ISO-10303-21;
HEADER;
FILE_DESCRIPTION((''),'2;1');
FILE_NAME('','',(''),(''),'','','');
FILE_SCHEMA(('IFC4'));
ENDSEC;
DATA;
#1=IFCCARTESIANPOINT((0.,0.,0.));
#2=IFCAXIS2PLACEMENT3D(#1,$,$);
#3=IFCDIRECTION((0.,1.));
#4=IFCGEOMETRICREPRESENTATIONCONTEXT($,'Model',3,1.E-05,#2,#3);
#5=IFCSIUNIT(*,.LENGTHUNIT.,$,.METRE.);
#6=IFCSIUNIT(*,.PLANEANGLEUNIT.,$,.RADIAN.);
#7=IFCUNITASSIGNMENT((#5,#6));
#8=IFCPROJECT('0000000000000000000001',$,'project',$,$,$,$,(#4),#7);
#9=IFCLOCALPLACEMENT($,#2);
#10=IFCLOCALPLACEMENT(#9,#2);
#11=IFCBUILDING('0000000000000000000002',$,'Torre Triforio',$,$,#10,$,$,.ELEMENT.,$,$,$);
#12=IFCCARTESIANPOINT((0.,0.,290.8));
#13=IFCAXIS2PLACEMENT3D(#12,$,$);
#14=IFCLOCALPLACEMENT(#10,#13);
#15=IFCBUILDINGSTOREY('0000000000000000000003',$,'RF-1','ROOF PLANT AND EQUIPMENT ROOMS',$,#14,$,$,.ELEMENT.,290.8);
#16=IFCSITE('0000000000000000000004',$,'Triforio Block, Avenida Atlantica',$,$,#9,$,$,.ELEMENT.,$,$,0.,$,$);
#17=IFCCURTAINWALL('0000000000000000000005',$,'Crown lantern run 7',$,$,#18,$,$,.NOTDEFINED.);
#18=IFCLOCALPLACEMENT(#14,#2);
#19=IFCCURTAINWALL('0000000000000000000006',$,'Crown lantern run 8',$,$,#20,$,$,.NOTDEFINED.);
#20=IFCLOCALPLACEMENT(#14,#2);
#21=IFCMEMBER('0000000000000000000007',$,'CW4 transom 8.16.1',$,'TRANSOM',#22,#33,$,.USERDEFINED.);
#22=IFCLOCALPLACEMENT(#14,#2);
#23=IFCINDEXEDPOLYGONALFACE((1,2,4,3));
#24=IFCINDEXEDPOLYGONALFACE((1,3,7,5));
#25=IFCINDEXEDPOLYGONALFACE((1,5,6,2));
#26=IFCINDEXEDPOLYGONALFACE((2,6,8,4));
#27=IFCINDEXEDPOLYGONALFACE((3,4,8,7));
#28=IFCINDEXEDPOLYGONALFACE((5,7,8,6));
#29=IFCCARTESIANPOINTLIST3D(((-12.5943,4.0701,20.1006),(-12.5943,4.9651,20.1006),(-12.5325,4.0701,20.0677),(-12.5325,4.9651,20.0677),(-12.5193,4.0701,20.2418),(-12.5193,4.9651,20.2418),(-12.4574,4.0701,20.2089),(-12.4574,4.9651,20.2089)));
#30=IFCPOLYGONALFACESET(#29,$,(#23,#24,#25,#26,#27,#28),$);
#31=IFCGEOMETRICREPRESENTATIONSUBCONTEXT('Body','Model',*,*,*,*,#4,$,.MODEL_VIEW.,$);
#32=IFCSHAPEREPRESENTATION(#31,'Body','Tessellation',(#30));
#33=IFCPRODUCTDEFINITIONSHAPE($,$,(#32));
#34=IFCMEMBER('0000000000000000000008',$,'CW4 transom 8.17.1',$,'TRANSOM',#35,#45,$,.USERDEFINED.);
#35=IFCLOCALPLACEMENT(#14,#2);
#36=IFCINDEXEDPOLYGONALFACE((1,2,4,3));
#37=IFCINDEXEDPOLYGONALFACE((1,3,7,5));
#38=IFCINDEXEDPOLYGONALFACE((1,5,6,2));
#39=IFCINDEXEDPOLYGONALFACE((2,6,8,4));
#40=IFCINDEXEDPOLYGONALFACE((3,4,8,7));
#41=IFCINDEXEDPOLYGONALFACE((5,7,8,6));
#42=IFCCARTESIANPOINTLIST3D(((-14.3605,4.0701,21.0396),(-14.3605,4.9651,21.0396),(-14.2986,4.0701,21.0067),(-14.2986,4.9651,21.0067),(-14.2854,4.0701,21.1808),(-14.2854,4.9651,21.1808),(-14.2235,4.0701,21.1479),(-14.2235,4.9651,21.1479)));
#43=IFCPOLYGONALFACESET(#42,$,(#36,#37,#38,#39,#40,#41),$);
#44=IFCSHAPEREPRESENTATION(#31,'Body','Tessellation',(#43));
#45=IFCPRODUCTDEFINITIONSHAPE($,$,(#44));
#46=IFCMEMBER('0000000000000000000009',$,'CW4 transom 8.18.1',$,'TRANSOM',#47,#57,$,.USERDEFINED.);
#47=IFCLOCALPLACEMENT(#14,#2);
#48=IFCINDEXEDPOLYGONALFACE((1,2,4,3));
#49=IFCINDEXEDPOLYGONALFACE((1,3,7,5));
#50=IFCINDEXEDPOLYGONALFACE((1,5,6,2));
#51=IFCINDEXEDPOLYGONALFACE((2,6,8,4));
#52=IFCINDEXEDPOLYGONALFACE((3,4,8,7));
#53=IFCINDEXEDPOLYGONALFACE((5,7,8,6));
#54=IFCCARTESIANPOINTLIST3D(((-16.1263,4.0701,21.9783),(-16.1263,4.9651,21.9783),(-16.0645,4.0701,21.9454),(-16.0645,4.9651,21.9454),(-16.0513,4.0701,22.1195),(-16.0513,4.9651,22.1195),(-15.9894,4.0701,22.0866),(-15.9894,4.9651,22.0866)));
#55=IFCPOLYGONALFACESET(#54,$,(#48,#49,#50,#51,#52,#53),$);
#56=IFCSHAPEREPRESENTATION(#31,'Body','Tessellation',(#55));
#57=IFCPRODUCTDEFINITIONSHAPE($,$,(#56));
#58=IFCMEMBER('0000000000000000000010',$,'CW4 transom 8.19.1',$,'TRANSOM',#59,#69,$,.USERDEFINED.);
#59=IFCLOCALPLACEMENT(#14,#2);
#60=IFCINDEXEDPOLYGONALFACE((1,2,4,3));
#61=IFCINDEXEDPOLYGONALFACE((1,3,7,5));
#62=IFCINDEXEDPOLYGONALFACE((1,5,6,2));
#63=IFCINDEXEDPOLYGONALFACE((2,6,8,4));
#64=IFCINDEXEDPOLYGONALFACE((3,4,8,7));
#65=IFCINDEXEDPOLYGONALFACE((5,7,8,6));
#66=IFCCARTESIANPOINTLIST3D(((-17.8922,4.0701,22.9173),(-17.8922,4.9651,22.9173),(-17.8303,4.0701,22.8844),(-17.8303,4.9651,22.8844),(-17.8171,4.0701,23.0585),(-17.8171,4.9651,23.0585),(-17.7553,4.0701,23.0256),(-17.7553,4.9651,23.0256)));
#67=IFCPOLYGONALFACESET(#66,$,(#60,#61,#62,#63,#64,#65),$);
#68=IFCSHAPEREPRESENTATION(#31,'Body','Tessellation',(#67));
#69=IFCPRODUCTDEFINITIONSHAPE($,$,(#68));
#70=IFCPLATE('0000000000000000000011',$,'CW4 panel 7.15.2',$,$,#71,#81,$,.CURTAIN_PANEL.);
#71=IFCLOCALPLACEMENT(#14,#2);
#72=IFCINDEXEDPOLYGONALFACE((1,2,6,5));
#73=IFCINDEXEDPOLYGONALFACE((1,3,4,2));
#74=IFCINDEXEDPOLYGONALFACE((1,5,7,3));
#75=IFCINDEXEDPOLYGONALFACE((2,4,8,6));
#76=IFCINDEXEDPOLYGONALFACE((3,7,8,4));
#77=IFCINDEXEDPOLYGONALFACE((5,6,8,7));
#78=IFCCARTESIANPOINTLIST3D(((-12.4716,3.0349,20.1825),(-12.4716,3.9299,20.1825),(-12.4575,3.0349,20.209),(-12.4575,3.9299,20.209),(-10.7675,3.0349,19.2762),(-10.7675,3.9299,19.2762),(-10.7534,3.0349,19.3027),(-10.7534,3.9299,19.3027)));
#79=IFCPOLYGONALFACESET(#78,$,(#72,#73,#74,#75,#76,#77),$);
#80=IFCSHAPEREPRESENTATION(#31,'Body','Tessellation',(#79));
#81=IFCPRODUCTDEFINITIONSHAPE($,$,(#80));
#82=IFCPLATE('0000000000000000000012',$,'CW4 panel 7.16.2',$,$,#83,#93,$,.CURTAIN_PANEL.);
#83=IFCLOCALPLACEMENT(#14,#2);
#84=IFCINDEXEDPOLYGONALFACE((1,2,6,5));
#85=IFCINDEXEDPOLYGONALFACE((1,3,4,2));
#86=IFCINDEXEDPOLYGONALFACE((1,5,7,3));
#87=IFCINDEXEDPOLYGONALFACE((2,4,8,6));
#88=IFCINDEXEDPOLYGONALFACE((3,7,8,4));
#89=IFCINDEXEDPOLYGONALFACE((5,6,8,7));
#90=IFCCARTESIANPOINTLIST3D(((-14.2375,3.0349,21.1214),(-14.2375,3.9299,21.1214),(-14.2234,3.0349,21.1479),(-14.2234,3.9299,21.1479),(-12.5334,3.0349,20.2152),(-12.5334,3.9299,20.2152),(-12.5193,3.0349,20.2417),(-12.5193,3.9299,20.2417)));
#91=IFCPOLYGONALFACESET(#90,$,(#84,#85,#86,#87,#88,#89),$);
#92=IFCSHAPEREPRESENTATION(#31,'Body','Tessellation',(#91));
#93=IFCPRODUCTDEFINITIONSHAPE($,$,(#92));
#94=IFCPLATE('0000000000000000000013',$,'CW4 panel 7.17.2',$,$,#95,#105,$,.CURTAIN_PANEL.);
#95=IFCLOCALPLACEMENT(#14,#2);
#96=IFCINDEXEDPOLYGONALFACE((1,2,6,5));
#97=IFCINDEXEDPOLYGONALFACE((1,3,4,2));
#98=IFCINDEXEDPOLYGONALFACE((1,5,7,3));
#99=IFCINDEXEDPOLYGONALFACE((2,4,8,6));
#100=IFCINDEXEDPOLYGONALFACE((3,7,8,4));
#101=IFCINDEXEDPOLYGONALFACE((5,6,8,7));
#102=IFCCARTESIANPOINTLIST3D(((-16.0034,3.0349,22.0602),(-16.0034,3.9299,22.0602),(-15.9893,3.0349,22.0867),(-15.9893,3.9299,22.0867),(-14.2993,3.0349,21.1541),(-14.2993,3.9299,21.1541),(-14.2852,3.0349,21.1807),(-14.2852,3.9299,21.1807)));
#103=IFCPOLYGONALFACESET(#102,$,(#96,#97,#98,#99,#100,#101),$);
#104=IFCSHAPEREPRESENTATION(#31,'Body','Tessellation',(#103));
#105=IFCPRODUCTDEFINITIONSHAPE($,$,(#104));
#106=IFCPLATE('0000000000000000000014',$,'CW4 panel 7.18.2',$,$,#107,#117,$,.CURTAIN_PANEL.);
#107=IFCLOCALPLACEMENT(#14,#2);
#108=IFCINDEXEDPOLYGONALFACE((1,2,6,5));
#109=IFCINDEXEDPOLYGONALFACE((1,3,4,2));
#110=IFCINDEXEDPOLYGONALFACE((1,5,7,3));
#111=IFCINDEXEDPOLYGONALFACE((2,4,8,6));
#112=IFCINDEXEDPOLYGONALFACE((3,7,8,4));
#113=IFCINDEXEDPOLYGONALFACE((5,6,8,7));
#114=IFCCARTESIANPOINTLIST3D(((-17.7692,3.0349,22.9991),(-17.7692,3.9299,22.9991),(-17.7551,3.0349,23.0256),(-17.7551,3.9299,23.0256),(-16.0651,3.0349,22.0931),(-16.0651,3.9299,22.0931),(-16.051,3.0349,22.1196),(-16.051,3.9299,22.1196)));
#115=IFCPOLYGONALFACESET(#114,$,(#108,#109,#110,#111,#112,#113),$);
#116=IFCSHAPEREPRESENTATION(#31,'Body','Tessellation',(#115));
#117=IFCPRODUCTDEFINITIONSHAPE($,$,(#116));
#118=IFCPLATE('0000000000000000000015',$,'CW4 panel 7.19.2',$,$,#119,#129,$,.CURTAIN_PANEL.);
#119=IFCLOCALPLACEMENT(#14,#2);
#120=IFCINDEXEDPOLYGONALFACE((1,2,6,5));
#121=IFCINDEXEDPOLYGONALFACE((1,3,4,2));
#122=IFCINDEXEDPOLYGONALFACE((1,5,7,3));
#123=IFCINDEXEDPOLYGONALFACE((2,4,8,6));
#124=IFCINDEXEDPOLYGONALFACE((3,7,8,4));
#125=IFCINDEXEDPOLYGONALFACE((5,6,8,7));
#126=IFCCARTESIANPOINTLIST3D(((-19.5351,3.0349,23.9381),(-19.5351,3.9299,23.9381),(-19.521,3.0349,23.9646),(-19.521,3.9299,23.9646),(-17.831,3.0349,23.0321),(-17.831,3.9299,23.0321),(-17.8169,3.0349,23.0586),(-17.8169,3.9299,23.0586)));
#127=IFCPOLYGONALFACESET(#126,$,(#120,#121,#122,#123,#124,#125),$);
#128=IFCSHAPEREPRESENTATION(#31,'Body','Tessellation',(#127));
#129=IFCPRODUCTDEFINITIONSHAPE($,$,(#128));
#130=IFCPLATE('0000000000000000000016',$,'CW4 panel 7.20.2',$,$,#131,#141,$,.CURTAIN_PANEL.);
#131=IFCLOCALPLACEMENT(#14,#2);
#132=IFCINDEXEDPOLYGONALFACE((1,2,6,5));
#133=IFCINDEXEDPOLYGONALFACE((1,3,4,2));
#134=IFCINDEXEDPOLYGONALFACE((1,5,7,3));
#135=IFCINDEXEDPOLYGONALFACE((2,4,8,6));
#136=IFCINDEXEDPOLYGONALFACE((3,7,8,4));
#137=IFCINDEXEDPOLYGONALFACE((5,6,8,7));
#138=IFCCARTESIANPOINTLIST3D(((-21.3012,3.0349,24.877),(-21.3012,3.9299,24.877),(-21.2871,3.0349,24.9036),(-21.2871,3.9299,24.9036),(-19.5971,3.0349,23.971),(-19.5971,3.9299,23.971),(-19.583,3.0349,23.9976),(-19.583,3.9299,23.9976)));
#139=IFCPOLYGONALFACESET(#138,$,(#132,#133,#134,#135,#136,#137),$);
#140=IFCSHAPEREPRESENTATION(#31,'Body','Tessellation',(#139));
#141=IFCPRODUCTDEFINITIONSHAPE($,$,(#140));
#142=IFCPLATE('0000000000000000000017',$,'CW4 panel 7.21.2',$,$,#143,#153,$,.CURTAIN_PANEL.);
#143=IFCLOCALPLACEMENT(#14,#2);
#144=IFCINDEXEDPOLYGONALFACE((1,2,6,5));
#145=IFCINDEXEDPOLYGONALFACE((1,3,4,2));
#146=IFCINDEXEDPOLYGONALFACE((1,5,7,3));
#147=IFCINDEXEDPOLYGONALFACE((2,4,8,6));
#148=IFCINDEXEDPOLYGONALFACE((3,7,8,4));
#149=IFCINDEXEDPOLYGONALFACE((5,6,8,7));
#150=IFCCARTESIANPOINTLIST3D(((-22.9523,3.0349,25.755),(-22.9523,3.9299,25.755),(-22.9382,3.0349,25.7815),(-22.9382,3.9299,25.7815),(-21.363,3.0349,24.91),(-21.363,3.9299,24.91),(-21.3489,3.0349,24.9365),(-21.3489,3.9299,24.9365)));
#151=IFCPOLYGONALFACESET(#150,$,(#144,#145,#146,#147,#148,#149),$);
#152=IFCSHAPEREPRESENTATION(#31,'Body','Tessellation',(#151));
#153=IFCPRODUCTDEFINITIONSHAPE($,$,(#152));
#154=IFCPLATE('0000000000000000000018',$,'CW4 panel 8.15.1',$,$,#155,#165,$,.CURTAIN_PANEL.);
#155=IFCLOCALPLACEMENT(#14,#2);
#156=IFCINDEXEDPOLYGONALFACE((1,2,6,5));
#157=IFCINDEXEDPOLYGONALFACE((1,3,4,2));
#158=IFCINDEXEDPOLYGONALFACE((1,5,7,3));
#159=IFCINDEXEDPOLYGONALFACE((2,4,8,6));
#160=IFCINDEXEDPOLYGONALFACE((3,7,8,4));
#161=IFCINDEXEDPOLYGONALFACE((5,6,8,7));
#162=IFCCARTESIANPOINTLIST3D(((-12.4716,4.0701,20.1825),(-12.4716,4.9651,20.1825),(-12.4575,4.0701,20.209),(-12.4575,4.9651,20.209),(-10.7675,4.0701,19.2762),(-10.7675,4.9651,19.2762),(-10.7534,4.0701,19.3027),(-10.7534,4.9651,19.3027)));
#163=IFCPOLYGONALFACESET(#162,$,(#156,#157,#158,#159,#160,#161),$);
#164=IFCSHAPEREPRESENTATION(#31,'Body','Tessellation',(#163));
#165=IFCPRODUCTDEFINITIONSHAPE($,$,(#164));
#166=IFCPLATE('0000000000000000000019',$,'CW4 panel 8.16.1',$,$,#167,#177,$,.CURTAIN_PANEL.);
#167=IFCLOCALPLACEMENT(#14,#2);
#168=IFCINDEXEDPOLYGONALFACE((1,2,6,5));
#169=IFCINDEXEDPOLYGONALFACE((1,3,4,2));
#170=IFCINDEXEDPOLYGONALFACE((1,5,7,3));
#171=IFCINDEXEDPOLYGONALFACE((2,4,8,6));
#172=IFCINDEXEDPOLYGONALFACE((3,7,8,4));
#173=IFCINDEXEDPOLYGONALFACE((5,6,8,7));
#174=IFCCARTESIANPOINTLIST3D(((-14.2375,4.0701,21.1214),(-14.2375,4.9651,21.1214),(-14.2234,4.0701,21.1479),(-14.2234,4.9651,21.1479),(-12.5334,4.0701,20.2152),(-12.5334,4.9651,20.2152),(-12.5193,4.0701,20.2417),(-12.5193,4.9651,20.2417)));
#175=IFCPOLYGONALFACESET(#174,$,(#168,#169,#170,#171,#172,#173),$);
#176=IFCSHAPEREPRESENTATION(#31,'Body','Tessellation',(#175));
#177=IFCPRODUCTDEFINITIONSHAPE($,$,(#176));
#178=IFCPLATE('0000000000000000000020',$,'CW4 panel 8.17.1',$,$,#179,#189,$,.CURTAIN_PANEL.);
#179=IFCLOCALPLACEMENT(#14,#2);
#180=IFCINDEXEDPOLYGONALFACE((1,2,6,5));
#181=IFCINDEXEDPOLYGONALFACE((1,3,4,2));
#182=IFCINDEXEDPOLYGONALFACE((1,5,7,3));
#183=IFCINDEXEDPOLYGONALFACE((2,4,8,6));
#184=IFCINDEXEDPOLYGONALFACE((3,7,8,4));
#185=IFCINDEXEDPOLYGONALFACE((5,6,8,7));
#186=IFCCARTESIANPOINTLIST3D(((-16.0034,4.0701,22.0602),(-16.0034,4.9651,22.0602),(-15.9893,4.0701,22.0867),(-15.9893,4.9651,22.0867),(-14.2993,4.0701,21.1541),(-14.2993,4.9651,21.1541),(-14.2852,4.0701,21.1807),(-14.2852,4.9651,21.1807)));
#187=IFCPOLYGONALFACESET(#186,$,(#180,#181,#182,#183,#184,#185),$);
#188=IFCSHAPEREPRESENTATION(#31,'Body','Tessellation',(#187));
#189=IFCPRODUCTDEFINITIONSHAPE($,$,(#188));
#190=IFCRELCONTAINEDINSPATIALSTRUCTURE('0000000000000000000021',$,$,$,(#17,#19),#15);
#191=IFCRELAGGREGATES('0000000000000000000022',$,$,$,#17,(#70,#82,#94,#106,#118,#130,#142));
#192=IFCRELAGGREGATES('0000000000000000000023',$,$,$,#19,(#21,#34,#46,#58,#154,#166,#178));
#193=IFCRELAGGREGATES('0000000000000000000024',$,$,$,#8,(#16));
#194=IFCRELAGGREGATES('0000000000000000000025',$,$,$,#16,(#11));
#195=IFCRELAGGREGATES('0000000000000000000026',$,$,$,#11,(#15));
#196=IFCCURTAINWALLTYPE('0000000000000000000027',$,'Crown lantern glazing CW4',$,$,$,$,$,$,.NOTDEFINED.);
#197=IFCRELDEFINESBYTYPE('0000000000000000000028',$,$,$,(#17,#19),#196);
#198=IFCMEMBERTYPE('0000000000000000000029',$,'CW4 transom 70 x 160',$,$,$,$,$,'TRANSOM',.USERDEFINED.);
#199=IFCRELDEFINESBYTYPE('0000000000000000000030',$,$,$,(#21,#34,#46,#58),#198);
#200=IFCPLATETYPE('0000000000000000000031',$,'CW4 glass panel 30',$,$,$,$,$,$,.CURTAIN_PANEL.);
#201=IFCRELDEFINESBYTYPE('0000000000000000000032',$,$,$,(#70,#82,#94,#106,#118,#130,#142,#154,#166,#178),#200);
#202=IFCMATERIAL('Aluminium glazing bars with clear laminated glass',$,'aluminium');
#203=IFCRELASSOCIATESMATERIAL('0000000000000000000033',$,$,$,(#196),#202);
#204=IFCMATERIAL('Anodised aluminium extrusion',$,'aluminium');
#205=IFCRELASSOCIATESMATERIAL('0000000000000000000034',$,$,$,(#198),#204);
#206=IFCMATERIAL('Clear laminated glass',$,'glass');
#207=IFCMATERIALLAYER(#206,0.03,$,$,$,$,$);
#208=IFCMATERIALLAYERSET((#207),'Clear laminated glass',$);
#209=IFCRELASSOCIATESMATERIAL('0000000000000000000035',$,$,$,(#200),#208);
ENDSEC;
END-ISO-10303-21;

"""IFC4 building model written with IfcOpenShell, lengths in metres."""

from ifc_helpers import new_model, si_unit, direction, frame, origin, origin_2d, place, context, subcontext, project, spatial, polyline, rectangle, outline, extrude, material, layer, layer_set, material_profile, profile_set, type_object, element, aggregate, save


model = new_model("IFC4")

# Units and contexts
model_context = context("Model", 3, precision=1e-05, world=origin(), true_north=direction((0.0, 1.0)))
body_context = subcontext(model_context, "Body", "Model", "MODEL_VIEW")
ifc_project = project(units=[si_unit("LENGTHUNIT", "METRE"), si_unit("PLANEANGLEUNIT", "RADIAN")], contexts=[model_context])

# Site, building, storey
site_placement = place(None, origin())
site = spatial("IfcSite", under=ifc_project, at=site_placement, Name="Triforio Block, Avenida Atlantica", CompositionType="ELEMENT", RefElevation=0.0)
building_placement = place(site_placement, origin())
building = spatial("IfcBuilding", under=site, at=building_placement, Name="Torre Triforio", CompositionType="ELEMENT")
storey_placement = place(building_placement, frame((0.0, 0.0, 290.8)))
storey = spatial("IfcBuildingStorey", under=building, at=storey_placement, Name="RF-1", Description="ROOF PLANT AND EQUIPMENT ROOMS", CompositionType="ELEMENT", Elevation=290.8)

# Curtain walls
ifc_material_1 = material(Name="Aluminium glazing bars with clear laminated glass", Category="aluminium")
curtain_wall_type = type_object("IfcCurtainWallType", Name="Crown lantern glazing CW4", PredefinedType="NOTDEFINED", material=ifc_material_1)
curtain_wall_1_placement = place(storey_placement, origin())
curtain_wall_1 = element("IfcCurtainWall", 1, at=curtain_wall_1_placement, inside=storey, type_object=curtain_wall_type, Name="Crown lantern run 7", PredefinedType="NOTDEFINED")
ifc_material_2 = material(Name="Anodised aluminium extrusion", Category="aluminium")
curtain_wall_2_placement = place(storey_placement, origin())
curtain_wall_2 = element("IfcCurtainWall", 2, at=curtain_wall_2_placement, inside=storey, type_object=curtain_wall_type, Name="Crown lantern run 8", PredefinedType="NOTDEFINED")

# Members
ifc_material_profile_1 = material_profile(ifc_material_2, rectangle(XDim=0.0701, YDim=0.1599, at=origin_2d()), Name="CW4 TRANSOM 70x160")
ifc_profile_set_1 = profile_set([ifc_material_profile_1], Name="Anodised aluminium extrusion")
member_type_1 = type_object("IfcMemberType", Name="CW4 transom 70 x 160", ElementType="TRANSOM", PredefinedType="USERDEFINED", material=ifc_profile_set_1)
member_1_placement = place(storey_placement, frame((-12.5259, 4.0701, 20.1548), z_axis=(0.0, 1.0, 0.0), x_axis=(-0.882948, 0.0, 0.469472)))
member_1 = element("IfcMember", 3, at=member_1_placement, type_object=member_type_1, Name="CW4 transom 8.16.1", ObjectType="TRANSOM", PredefinedType="USERDEFINED", context=body_context, shape_type="SweptSolid", body=[
    extrude(rectangle(XDim=0.0701, YDim=0.1599, at=origin_2d()), origin(), (0.0, 0.0, 1.0), 0.895),
])
member_2_placement = place(storey_placement, frame((-14.292, 4.0701, 21.0938), z_axis=(0.0, 1.0, 0.0), x_axis=(-0.882948, 0.0, 0.469472)))
member_2 = element("IfcMember", 4, at=member_2_placement, type_object=member_type_1, Name="CW4 transom 8.17.1", ObjectType="TRANSOM", PredefinedType="USERDEFINED", context=body_context, shape_type="SweptSolid", body=[
    extrude(rectangle(XDim=0.0701, YDim=0.1599, at=origin_2d()), origin(), (0.0, 0.0, 1.0), 0.895),
])
member_3_placement = place(storey_placement, frame((-16.0579, 4.0701, 22.0325), z_axis=(0.0, 1.0, 0.0), x_axis=(-0.882948, 0.0, 0.469472)))
member_3 = element("IfcMember", 5, at=member_3_placement, type_object=member_type_1, Name="CW4 transom 8.18.1", ObjectType="TRANSOM", PredefinedType="USERDEFINED", context=body_context, shape_type="SweptSolid", body=[
    extrude(rectangle(XDim=0.0701, YDim=0.1599, at=origin_2d()), origin(), (0.0, 0.0, 1.0), 0.895),
])
member_4_placement = place(storey_placement, frame((-17.8237, 4.0701, 22.9714), z_axis=(0.0, 1.0, 0.0), x_axis=(-0.882948, 0.0, 0.469472)))
member_4 = element("IfcMember", 6, at=member_4_placement, type_object=member_type_1, Name="CW4 transom 8.19.1", ObjectType="TRANSOM", PredefinedType="USERDEFINED", context=body_context, shape_type="SweptSolid", body=[
    extrude(rectangle(XDim=0.0701, YDim=0.1599, at=origin_2d()), origin(), (0.0, 0.0, 1.0), 0.895),
])

# Plates
ifc_material_3 = material(Name="Clear laminated glass", Category="glass")
ifc_layer = layer(ifc_material_3, 0.03)
ifc_layer_set = layer_set([ifc_layer], Name="Clear laminated glass")
plate_type = type_object("IfcPlateType", Name="CW4 glass panel 30", PredefinedType="CURTAIN_PANEL", material=ifc_layer_set)
plate_1_placement = place(storey_placement, frame((-10.7534, 3.0349, 19.3027), z_axis=(0.469537, 0.0, 0.882913), x_axis=(0.0, 1.0, 0.0)))
plate_1 = element("IfcPlate", 7, at=plate_1_placement, type_object=plate_type, Name="CW4 panel 7.15.2", PredefinedType="CURTAIN_PANEL", context=body_context, shape_type="SweptSolid", body=[
    extrude(outline(polyline([(0.0, 0.0), (0.895, 0.0), (0.895, 1.9301), (0.0, 1.9301), (0.0, 0.0)])), origin(), (0.0, 0.0, -1.0), 0.03),
])
plate_2_placement = place(storey_placement, frame((-12.5193, 3.0349, 20.2417), z_axis=(0.469537, 0.0, 0.882913), x_axis=(0.0, 1.0, 0.0)))
plate_2 = element("IfcPlate", 8, at=plate_2_placement, type_object=plate_type, Name="CW4 panel 7.16.2", PredefinedType="CURTAIN_PANEL", context=body_context, shape_type="SweptSolid", body=[
    extrude(outline(polyline([(0.0, 0.0), (0.895, 0.0), (0.895, 1.9301), (0.0, 1.9301), (0.0, 0.0)])), origin(), (0.0, 0.0, -1.0), 0.03),
])
plate_3_placement = place(storey_placement, frame((-14.2852, 3.0349, 21.1807), z_axis=(0.469439, 0.0, 0.882965), x_axis=(0.0, 1.0, 0.0)))
plate_3 = element("IfcPlate", 9, at=plate_3_placement, type_object=plate_type, Name="CW4 panel 7.17.2", PredefinedType="CURTAIN_PANEL", context=body_context, shape_type="SweptSolid", body=[
    extrude(outline(polyline([(0.0, 0.0), (0.895, 0.0), (0.895, 1.93), (0.0, 1.93), (0.0, 0.0)])), origin(), (0.0, 0.0, -1.0), 0.03),
])
plate_4_placement = place(storey_placement, frame((-16.051, 3.0349, 22.1196), z_axis=(0.469439, 0.0, 0.882965), x_axis=(0.0, 1.0, 0.0)))
plate_4 = element("IfcPlate", 10, at=plate_4_placement, type_object=plate_type, Name="CW4 panel 7.18.2", PredefinedType="CURTAIN_PANEL", context=body_context, shape_type="SweptSolid", body=[
    extrude(outline(polyline([(0.0, 0.0), (0.895, 0.0), (0.895, 1.93), (0.0, 1.93), (0.0, 0.0)])), origin(), (0.0, 0.0, -1.0), 0.03),
])
plate_5_placement = place(storey_placement, frame((-17.8169, 3.0349, 23.0586), z_axis=(0.469439, 0.0, 0.882965), x_axis=(0.0, 1.0, 0.0)))
plate_5 = element("IfcPlate", 11, at=plate_5_placement, type_object=plate_type, Name="CW4 panel 7.19.2", PredefinedType="CURTAIN_PANEL", context=body_context, shape_type="SweptSolid", body=[
    extrude(outline(polyline([(0.0, 0.0), (0.895, 0.0), (0.895, 1.93), (0.0, 1.93), (0.0, 0.0)])), origin(), (0.0, 0.0, -1.0), 0.03),
])
plate_6_placement = place(storey_placement, frame((-19.583, 3.0349, 23.9976), z_axis=(0.469439, 0.0, 0.882965), x_axis=(0.0, 1.0, 0.0)))
plate_6 = element("IfcPlate", 12, at=plate_6_placement, type_object=plate_type, Name="CW4 panel 7.20.2", PredefinedType="CURTAIN_PANEL", context=body_context, shape_type="SweptSolid", body=[
    extrude(outline(polyline([(0.0, 0.0), (0.895, 0.0), (0.895, 1.93), (0.0, 1.93), (0.0, 0.0)])), origin(), (0.0, 0.0, -1.0), 0.03),
])
plate_7_placement = place(storey_placement, frame((-21.3489, 3.0349, 24.9365), z_axis=(0.469426, 0.0, 0.882972), x_axis=(0.0, 1.0, 0.0)))
plate_7 = element("IfcPlate", 13, at=plate_7_placement, type_object=plate_type, Name="CW4 panel 7.21.2", PredefinedType="CURTAIN_PANEL", context=body_context, shape_type="SweptSolid", body=[
    extrude(outline(polyline([(0.0, 0.0), (0.895, 0.0), (0.895, 1.8), (0.0, 1.8), (0.0, 0.0)])), origin(), (0.0, 0.0, -1.0), 0.03),
])
aggregate(curtain_wall_1, [plate_1, plate_2, plate_3, plate_4, plate_5, plate_6, plate_7])
plate_8_placement = place(storey_placement, frame((-10.7534, 4.0701, 19.3027), z_axis=(0.469537, 0.0, 0.882913), x_axis=(0.0, 1.0, 0.0)))
plate_8 = element("IfcPlate", 14, at=plate_8_placement, type_object=plate_type, Name="CW4 panel 8.15.1", PredefinedType="CURTAIN_PANEL", context=body_context, shape_type="SweptSolid", body=[
    extrude(outline(polyline([(0.0, 0.0), (0.895, 0.0), (0.895, 1.9301), (0.0, 1.9301), (0.0, 0.0)])), origin(), (0.0, 0.0, -1.0), 0.03),
])
plate_9_placement = place(storey_placement, frame((-12.5193, 4.0701, 20.2417), z_axis=(0.469537, 0.0, 0.882913), x_axis=(0.0, 1.0, 0.0)))
plate_9 = element("IfcPlate", 15, at=plate_9_placement, type_object=plate_type, Name="CW4 panel 8.16.1", PredefinedType="CURTAIN_PANEL", context=body_context, shape_type="SweptSolid", body=[
    extrude(outline(polyline([(0.0, 0.0), (0.895, 0.0), (0.895, 1.9301), (0.0, 1.9301), (0.0, 0.0)])), origin(), (0.0, 0.0, -1.0), 0.03),
])
plate_10_placement = place(storey_placement, frame((-14.2852, 4.0701, 21.1807), z_axis=(0.469439, 0.0, 0.882965), x_axis=(0.0, 1.0, 0.0)))
plate_10 = element("IfcPlate", 16, at=plate_10_placement, type_object=plate_type, Name="CW4 panel 8.17.1", PredefinedType="CURTAIN_PANEL", context=body_context, shape_type="SweptSolid", body=[
    extrude(outline(polyline([(0.0, 0.0), (0.895, 0.0), (0.895, 1.93), (0.0, 1.93), (0.0, 0.0)])), origin(), (0.0, 0.0, -1.0), 0.03),
])
aggregate(curtain_wall_2, [member_1, member_2, member_3, member_4, plate_8, plate_9, plate_10])

save(model, "model.ifc")
